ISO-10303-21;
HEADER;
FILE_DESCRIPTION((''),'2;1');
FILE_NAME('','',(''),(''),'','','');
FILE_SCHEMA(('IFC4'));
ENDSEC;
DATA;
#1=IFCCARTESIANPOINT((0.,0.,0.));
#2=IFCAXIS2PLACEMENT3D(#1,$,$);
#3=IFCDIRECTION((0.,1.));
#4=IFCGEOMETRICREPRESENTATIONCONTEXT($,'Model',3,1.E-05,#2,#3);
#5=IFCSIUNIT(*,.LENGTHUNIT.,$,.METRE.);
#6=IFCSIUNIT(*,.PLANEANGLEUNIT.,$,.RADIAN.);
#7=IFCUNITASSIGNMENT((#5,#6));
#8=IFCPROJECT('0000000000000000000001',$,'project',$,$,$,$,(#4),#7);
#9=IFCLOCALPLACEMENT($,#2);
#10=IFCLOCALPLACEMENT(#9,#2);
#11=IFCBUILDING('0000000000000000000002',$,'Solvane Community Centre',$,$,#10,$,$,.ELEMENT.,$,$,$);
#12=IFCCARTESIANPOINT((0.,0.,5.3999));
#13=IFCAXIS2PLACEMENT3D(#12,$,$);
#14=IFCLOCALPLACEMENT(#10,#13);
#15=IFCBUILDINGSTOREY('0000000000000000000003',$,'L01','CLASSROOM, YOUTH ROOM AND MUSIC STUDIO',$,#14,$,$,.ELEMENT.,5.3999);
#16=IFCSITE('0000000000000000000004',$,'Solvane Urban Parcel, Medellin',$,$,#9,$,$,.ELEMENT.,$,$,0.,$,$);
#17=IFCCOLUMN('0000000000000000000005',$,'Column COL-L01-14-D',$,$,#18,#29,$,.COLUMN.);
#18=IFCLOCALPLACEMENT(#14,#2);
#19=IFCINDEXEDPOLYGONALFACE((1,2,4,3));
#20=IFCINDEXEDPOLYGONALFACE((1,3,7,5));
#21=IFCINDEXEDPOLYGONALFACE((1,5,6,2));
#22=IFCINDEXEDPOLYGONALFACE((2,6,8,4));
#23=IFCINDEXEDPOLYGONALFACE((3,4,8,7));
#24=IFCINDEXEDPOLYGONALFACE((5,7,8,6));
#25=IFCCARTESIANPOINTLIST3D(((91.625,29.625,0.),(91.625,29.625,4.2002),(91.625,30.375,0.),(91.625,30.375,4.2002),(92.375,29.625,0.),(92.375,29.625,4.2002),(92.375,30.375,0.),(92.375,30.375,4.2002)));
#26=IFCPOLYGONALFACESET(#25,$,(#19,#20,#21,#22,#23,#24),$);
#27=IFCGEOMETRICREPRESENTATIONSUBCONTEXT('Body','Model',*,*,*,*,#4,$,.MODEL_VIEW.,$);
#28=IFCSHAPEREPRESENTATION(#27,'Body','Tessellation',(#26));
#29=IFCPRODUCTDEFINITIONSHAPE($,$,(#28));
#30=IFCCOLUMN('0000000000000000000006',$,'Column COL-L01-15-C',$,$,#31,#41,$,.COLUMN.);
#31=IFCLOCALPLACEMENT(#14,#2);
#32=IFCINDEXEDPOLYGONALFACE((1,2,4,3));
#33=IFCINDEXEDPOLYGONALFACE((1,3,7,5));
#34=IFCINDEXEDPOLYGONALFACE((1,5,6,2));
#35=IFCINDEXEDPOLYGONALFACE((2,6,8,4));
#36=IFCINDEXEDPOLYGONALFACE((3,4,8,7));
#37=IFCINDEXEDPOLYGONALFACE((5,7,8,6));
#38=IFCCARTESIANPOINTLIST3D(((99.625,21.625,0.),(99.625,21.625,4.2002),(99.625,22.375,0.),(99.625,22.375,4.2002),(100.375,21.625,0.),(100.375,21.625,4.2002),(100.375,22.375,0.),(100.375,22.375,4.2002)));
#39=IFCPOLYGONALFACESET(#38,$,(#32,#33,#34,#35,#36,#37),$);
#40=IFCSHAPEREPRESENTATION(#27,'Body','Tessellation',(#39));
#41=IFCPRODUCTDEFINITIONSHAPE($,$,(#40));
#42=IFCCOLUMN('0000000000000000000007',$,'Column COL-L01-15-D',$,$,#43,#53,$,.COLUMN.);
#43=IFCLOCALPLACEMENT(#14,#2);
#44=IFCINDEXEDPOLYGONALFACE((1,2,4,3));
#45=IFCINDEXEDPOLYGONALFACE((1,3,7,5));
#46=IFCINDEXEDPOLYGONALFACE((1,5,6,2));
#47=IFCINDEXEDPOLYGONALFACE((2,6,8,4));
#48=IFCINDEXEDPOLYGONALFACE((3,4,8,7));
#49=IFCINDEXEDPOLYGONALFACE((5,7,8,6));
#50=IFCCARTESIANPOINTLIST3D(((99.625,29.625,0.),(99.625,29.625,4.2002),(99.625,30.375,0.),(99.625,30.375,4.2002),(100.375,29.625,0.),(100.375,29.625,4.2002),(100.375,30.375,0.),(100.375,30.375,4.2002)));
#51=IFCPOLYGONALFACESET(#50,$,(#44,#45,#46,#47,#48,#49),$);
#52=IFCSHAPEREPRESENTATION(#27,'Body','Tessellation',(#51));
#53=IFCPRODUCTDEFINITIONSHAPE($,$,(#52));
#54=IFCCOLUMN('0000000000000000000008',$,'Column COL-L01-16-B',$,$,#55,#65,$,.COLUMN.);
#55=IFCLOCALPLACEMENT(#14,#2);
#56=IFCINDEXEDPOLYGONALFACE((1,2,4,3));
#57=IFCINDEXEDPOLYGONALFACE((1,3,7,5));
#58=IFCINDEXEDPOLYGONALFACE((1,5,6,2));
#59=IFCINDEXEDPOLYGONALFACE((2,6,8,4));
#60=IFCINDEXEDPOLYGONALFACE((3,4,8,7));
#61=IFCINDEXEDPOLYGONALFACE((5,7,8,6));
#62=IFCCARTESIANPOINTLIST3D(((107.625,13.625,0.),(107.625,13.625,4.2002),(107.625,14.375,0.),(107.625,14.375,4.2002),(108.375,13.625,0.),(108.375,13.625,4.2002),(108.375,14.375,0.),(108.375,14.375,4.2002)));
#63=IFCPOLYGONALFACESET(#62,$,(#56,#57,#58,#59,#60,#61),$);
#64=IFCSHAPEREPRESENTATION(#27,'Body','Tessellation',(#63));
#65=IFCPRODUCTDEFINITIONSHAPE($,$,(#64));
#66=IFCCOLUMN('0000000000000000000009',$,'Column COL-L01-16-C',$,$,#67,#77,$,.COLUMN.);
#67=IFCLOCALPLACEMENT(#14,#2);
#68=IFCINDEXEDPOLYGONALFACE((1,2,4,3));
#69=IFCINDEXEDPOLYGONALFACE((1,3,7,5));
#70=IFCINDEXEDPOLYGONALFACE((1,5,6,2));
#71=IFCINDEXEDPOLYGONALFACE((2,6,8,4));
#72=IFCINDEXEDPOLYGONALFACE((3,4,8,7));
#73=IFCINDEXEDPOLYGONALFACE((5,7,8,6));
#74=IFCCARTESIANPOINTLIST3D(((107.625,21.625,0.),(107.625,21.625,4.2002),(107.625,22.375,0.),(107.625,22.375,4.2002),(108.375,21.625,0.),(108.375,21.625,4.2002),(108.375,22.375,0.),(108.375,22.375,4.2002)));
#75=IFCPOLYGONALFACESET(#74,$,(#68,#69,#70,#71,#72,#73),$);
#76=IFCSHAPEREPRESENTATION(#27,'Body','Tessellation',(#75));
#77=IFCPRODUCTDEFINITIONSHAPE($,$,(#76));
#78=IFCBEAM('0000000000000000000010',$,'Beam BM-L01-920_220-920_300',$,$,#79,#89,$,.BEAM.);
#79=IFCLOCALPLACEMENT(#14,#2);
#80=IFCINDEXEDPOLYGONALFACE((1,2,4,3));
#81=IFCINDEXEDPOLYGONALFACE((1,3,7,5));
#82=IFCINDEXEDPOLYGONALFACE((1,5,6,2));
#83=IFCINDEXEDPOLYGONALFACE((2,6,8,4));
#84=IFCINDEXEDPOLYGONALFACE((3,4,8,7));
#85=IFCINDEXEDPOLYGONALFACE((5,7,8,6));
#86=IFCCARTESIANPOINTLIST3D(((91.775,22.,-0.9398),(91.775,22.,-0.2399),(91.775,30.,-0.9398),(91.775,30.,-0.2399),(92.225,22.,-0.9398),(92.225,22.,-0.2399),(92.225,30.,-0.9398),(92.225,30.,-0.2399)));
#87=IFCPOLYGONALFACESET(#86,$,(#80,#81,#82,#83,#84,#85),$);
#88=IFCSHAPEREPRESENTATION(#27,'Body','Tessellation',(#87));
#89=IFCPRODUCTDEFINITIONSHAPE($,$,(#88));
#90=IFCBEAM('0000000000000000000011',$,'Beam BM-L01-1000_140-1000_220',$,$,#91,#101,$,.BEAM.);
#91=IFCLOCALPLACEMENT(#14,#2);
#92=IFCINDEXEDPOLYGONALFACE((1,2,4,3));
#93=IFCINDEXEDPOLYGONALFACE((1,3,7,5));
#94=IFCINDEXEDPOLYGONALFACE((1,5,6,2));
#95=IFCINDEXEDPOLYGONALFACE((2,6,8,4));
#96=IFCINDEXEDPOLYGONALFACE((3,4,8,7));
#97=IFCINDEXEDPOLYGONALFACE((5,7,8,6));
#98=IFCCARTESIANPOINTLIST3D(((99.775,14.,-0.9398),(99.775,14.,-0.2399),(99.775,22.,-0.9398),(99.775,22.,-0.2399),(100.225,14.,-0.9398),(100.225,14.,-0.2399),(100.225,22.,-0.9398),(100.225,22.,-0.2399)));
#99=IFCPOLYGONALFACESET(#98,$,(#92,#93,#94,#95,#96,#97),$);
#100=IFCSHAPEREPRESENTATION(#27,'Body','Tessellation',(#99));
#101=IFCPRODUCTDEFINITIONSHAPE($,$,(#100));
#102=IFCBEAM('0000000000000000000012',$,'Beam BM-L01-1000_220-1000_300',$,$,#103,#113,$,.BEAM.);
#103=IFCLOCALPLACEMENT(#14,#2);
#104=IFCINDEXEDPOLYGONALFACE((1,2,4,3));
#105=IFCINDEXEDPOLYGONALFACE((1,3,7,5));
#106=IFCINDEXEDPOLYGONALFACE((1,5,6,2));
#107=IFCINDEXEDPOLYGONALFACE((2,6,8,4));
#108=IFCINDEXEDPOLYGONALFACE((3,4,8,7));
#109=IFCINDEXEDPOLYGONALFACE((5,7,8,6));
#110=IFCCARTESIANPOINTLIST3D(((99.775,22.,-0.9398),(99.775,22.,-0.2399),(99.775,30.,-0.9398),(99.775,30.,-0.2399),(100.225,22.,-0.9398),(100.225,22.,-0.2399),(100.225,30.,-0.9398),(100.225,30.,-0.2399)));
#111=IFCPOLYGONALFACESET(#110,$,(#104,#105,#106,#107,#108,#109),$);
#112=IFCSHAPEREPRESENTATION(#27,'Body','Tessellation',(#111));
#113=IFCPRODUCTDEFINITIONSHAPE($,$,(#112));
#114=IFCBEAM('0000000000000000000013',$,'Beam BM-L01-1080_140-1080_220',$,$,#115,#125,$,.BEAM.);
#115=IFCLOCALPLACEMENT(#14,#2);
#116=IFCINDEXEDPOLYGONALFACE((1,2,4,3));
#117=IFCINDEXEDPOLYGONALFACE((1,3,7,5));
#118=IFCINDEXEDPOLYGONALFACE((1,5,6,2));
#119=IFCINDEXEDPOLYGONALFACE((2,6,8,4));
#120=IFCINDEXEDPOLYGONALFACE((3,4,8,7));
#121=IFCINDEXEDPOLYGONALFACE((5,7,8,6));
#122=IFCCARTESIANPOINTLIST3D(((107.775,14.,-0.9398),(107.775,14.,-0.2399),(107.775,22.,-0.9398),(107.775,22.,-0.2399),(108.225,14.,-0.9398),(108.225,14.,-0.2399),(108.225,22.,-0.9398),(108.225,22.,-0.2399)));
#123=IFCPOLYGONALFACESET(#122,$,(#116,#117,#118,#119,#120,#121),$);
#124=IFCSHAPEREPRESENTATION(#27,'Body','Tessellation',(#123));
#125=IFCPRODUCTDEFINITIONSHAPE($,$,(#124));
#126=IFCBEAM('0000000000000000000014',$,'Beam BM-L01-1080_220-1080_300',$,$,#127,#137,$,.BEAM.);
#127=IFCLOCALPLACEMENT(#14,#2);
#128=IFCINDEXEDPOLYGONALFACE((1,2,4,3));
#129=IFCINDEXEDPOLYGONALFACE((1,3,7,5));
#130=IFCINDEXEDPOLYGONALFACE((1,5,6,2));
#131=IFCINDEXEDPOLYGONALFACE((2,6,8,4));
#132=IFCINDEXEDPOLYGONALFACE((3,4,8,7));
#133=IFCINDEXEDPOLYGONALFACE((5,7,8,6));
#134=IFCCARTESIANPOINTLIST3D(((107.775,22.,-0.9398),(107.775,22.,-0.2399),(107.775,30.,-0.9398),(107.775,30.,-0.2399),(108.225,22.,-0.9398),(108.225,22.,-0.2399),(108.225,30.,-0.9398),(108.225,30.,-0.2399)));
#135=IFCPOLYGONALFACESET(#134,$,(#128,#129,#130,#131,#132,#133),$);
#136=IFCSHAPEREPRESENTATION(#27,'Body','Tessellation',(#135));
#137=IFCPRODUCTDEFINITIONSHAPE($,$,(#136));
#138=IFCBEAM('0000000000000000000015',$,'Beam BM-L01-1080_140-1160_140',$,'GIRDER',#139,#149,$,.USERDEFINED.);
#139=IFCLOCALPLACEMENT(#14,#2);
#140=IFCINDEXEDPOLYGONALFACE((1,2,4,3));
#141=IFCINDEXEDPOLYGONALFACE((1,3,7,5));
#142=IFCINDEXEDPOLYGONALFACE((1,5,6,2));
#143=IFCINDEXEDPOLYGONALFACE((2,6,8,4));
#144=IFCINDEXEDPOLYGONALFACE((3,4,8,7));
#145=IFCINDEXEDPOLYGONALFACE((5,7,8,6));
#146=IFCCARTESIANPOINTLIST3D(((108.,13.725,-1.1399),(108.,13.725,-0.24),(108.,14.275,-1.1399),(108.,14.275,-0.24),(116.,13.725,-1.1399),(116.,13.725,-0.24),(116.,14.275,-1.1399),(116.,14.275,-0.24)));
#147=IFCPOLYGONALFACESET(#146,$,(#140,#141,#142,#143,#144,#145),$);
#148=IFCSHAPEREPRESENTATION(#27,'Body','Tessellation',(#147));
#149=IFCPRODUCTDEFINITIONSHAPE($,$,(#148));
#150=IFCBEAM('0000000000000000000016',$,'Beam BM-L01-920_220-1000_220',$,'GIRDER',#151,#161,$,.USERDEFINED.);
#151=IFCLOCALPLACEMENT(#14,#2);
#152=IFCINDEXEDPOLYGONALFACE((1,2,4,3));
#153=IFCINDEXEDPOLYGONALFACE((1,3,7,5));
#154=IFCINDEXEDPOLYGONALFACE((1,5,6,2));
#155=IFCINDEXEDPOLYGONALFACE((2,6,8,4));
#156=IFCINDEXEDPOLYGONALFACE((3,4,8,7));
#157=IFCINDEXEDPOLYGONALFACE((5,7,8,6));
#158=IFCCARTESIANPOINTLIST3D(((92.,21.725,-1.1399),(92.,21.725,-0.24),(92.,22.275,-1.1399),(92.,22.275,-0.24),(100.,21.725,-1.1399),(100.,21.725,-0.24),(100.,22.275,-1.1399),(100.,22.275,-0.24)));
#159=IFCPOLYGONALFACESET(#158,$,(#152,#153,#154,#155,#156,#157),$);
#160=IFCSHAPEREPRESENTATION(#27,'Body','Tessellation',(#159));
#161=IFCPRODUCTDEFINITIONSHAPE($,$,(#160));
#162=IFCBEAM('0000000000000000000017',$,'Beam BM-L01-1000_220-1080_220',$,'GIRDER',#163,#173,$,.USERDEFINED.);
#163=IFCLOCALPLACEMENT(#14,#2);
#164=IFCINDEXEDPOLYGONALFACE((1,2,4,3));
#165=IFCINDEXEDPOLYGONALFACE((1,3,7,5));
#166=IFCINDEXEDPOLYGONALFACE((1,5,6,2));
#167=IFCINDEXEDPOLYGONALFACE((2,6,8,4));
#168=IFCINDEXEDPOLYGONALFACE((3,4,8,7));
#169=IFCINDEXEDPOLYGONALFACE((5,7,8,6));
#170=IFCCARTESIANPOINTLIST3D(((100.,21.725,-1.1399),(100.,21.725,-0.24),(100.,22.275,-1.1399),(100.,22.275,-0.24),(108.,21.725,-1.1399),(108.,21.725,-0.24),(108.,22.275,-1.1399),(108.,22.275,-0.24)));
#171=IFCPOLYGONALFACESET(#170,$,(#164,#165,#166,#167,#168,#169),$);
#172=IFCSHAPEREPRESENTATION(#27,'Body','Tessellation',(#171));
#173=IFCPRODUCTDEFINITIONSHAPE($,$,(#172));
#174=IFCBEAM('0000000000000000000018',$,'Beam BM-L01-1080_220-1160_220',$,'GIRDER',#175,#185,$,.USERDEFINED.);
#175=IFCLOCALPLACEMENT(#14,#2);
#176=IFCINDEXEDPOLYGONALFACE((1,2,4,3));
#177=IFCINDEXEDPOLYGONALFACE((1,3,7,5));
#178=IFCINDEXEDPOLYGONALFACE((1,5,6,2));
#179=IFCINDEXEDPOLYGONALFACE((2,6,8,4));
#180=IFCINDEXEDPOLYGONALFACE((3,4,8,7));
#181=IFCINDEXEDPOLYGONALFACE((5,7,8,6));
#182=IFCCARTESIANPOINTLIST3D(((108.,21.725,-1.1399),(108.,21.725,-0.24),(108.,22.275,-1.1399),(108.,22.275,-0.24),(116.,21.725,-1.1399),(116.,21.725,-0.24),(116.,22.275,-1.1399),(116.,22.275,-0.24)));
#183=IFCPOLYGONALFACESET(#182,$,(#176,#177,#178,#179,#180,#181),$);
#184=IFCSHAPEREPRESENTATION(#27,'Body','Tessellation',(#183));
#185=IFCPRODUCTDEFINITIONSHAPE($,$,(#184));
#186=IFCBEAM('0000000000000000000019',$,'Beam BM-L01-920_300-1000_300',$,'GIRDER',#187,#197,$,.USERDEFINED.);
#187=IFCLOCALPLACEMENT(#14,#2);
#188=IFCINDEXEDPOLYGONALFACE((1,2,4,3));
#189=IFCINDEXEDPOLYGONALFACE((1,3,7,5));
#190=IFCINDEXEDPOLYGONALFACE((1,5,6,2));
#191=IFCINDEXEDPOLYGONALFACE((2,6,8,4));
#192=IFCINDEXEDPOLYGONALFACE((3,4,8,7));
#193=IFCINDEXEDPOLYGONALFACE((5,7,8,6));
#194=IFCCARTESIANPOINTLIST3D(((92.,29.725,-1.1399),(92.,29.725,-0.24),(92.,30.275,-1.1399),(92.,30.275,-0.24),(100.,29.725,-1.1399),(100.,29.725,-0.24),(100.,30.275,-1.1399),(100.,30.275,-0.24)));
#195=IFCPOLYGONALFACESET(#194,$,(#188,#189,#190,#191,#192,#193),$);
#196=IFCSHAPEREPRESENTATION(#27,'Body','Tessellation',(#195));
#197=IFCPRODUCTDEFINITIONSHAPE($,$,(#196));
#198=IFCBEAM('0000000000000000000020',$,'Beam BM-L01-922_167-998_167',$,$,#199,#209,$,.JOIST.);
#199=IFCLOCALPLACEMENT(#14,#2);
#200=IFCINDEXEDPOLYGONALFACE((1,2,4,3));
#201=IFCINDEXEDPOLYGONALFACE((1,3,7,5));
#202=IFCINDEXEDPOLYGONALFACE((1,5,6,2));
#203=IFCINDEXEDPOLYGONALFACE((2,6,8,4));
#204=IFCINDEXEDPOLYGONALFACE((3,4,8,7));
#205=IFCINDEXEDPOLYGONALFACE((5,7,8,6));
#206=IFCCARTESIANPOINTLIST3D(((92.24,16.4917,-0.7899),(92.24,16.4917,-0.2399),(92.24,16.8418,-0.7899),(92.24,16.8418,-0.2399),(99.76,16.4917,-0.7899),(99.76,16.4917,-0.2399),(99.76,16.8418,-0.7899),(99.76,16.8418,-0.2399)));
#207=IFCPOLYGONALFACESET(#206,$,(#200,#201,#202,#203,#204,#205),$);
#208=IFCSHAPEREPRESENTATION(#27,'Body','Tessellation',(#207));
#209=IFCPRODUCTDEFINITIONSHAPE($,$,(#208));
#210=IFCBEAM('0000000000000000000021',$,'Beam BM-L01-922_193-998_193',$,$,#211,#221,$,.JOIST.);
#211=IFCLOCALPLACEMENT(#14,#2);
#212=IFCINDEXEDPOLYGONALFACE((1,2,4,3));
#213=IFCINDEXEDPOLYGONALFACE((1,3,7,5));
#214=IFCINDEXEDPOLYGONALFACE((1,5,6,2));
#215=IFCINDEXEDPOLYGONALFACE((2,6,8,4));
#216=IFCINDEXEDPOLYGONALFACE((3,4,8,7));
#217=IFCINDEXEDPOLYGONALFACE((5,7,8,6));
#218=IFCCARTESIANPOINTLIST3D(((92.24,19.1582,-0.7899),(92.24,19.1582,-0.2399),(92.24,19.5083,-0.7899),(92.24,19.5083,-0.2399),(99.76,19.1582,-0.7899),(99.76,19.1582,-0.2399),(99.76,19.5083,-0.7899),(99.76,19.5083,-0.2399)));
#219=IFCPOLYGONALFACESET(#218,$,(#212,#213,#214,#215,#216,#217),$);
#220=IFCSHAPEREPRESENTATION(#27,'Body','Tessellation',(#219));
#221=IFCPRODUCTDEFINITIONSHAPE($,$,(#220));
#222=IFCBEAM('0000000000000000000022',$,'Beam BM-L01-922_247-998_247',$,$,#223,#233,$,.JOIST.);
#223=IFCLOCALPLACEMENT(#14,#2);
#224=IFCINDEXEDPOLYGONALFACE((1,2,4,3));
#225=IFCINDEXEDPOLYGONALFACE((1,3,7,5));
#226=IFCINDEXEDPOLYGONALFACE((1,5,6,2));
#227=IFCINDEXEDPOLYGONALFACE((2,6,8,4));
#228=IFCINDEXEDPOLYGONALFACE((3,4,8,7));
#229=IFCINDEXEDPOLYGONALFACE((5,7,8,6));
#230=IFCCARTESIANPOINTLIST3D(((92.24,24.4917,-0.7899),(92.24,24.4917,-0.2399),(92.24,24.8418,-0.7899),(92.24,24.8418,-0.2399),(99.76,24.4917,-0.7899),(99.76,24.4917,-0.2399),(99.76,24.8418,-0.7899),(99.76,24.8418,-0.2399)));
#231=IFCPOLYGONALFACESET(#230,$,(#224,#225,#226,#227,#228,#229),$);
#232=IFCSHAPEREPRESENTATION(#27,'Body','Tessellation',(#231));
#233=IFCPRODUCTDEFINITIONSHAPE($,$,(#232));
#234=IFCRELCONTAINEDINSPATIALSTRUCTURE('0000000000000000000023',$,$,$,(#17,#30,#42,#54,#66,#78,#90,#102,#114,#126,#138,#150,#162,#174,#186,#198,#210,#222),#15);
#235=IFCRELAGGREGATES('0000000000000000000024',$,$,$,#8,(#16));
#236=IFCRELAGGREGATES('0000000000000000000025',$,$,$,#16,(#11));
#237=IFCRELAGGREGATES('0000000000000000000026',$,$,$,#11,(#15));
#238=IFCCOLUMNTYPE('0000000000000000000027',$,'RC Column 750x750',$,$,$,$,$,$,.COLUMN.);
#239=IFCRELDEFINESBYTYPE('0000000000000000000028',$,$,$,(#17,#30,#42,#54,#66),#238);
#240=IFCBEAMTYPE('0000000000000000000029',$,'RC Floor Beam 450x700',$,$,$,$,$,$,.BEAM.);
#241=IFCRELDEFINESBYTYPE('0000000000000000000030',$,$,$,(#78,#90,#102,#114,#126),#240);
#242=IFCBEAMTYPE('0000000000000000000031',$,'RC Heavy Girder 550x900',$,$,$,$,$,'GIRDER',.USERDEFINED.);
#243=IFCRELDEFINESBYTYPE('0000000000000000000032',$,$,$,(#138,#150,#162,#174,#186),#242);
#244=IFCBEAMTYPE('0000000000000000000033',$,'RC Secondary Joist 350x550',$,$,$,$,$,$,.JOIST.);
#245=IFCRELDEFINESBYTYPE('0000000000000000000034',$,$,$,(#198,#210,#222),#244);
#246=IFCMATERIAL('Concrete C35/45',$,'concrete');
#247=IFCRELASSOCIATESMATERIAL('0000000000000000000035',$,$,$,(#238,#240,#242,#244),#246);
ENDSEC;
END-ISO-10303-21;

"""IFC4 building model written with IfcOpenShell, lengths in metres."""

from ifc_helpers import new_model, si_unit, direction, frame, origin, origin_2d, place, context, subcontext, project, spatial, rectangle, extrude, material, material_profile, profile_set, type_object, element, save


model = new_model("IFC4")

# Units and contexts
model_context = context("Model", 3, precision=1e-05, world=origin(), true_north=direction((0.0, 1.0)))
body_context = subcontext(model_context, "Body", "Model", "MODEL_VIEW")
ifc_project = project(units=[si_unit("LENGTHUNIT", "METRE"), si_unit("PLANEANGLEUNIT", "RADIAN")], contexts=[model_context])

# Site, building, storey
site_placement = place(None, origin())
site = spatial("IfcSite", under=ifc_project, at=site_placement, Name="Solvane Urban Parcel, Medellin", CompositionType="ELEMENT", RefElevation=0.0)
building_placement = place(site_placement, origin())
building = spatial("IfcBuilding", under=site, at=building_placement, Name="Solvane Community Centre", CompositionType="ELEMENT")
storey_placement = place(building_placement, frame((0.0, 0.0, 5.3999)))
storey = spatial("IfcBuildingStorey", under=building, at=storey_placement, Name="L01", Description="CLASSROOM, YOUTH ROOM AND MUSIC STUDIO", CompositionType="ELEMENT", Elevation=5.3999)

# Columns
ifc_material_1 = material(Name="Concrete C35/45", Category="concrete")
ifc_material_profile_1 = material_profile(ifc_material_1, rectangle(XDim=0.75, YDim=0.75, at=origin_2d()), Name="RC 750x750")
ifc_profile_set_1 = profile_set([ifc_material_profile_1], Name="Concrete C35/45")
column_type = type_object("IfcColumnType", Name="RC Column 750x750", PredefinedType="COLUMN", material=ifc_profile_set_1)
for number, where, z_axis, x_axis, name in (
    (1, (92.0, 30.0, 0.0), (0.0, 0.0, 1.0), (1.0, 0.0, 0.0), "Column COL-L01-14-D"),
    (2, (100.0, 22.0, 0.0), (0.0, 0.0, 1.0), (1.0, 0.0, 0.0), "Column COL-L01-15-C"),
    (3, (100.0, 30.0, 0.0), (0.0, 0.0, 1.0), (1.0, 0.0, 0.0), "Column COL-L01-15-D"),
    (4, (108.0, 14.0, 0.0), (0.0, 0.0, 1.0), (1.0, 0.0, 0.0), "Column COL-L01-16-B"),
    (5, (108.0, 22.0, 0.0), (0.0, 0.0, 1.0), (1.0, 0.0, 0.0), "Column COL-L01-16-C"),
):
    element("IfcColumn", number, at=place(storey_placement, frame(where, z_axis=z_axis, x_axis=x_axis)), inside=storey, type_object=column_type, Name=name, PredefinedType="COLUMN", context=body_context, shape_type="SweptSolid", body=[
        extrude(rectangle(XDim=0.75, YDim=0.75, at=origin_2d()), origin(), (0.0, 0.0, 1.0), 4.2002),
    ])

# Beams
ifc_material_profile_2 = material_profile(ifc_material_1, rectangle(XDim=0.45, YDim=0.7, at=origin_2d()), Name="RC 450x700")
ifc_profile_set_2 = profile_set([ifc_material_profile_2], Name="Concrete C35/45")
beam_type_1 = type_object("IfcBeamType", Name="RC Floor Beam 450x700", PredefinedType="BEAM", material=ifc_profile_set_2)
for number, where, z_axis, x_axis, name in (
    (6, (92.0, 22.0, -0.5898), (0.0, 1.0, 0.0), (-1.0, 0.0, 0.0), "Beam BM-L01-920_220-920_300"),
    (7, (100.0, 14.0, -0.5898), (0.0, 1.0, 0.0), (-1.0, 0.0, 0.0), "Beam BM-L01-1000_140-1000_220"),
    (8, (100.0, 22.0, -0.5898), (0.0, 1.0, 0.0), (-1.0, 0.0, 0.0), "Beam BM-L01-1000_220-1000_300"),
    (9, (108.0, 14.0, -0.5898), (0.0, 1.0, 0.0), (-1.0, 0.0, 0.0), "Beam BM-L01-1080_140-1080_220"),
    (10, (108.0, 22.0, -0.5898), (0.0, 1.0, 0.0), (-1.0, 0.0, 0.0), "Beam BM-L01-1080_220-1080_300"),
):
    element("IfcBeam", number, at=place(storey_placement, frame(where, z_axis=z_axis, x_axis=x_axis)), inside=storey, type_object=beam_type_1, Name=name, PredefinedType="BEAM", context=body_context, shape_type="SweptSolid", body=[
        extrude(rectangle(XDim=0.45, YDim=0.7, at=origin_2d()), origin(), (0.0, 0.0, 1.0), 8.0),
    ])
ifc_material_profile_3 = material_profile(ifc_material_1, rectangle(XDim=0.55, YDim=0.8999, at=origin_2d()), Name="RC 550x900")
ifc_profile_set_3 = profile_set([ifc_material_profile_3], Name="Concrete C35/45")
beam_type_2 = type_object("IfcBeamType", Name="RC Heavy Girder 550x900", ElementType="GIRDER", PredefinedType="USERDEFINED", material=ifc_profile_set_3)
for number, where, z_axis, x_axis, name in (
    (11, (108.0, 14.0, -0.6899), (1.0, 0.0, 0.0), (0.0, 1.0, 0.0), "Beam BM-L01-1080_140-1160_140"),
    (12, (92.0, 22.0, -0.6899), (1.0, 0.0, 0.0), (0.0, 1.0, 0.0), "Beam BM-L01-920_220-1000_220"),
    (13, (100.0, 22.0, -0.6899), (1.0, 0.0, 0.0), (0.0, 1.0, 0.0), "Beam BM-L01-1000_220-1080_220"),
    (14, (108.0, 22.0, -0.6899), (1.0, 0.0, 0.0), (0.0, 1.0, 0.0), "Beam BM-L01-1080_220-1160_220"),
    (15, (92.0, 30.0, -0.6899), (1.0, 0.0, 0.0), (0.0, 1.0, 0.0), "Beam BM-L01-920_300-1000_300"),
):
    element("IfcBeam", number, at=place(storey_placement, frame(where, z_axis=z_axis, x_axis=x_axis)), inside=storey, type_object=beam_type_2, Name=name, ObjectType="GIRDER", PredefinedType="USERDEFINED", context=body_context, shape_type="SweptSolid", body=[
        extrude(rectangle(XDim=0.55, YDim=0.8999, at=origin_2d()), origin(), (0.0, 0.0, 1.0), 8.0),
    ])
ifc_material_profile_4 = material_profile(ifc_material_1, rectangle(XDim=0.3501, YDim=0.55, at=origin_2d()), Name="RC 350x550")
ifc_profile_set_4 = profile_set([ifc_material_profile_4], Name="Concrete C35/45")
beam_type_3 = type_object("IfcBeamType", Name="RC Secondary Joist 350x550", PredefinedType="JOIST", material=ifc_profile_set_4)
for number, where, z_axis, x_axis, name in (
    (16, (92.24, 16.6667, -0.5149), (1.0, 0.0, 0.0), (0.0, 1.0, 0.0), "Beam BM-L01-922_167-998_167"),
    (17, (92.24, 19.3333, -0.5149), (1.0, 0.0, 0.0), (0.0, 1.0, 0.0), "Beam BM-L01-922_193-998_193"),
    (18, (92.24, 24.6667, -0.5149), (1.0, 0.0, 0.0), (0.0, 1.0, 0.0), "Beam BM-L01-922_247-998_247"),
):
    element("IfcBeam", number, at=place(storey_placement, frame(where, z_axis=z_axis, x_axis=x_axis)), inside=storey, type_object=beam_type_3, Name=name, PredefinedType="JOIST", context=body_context, shape_type="SweptSolid", body=[
        extrude(rectangle(XDim=0.3501, YDim=0.55, at=origin_2d()), origin(), (0.0, 0.0, 1.0), 7.52),
    ])

save(model, "model.ifc")
